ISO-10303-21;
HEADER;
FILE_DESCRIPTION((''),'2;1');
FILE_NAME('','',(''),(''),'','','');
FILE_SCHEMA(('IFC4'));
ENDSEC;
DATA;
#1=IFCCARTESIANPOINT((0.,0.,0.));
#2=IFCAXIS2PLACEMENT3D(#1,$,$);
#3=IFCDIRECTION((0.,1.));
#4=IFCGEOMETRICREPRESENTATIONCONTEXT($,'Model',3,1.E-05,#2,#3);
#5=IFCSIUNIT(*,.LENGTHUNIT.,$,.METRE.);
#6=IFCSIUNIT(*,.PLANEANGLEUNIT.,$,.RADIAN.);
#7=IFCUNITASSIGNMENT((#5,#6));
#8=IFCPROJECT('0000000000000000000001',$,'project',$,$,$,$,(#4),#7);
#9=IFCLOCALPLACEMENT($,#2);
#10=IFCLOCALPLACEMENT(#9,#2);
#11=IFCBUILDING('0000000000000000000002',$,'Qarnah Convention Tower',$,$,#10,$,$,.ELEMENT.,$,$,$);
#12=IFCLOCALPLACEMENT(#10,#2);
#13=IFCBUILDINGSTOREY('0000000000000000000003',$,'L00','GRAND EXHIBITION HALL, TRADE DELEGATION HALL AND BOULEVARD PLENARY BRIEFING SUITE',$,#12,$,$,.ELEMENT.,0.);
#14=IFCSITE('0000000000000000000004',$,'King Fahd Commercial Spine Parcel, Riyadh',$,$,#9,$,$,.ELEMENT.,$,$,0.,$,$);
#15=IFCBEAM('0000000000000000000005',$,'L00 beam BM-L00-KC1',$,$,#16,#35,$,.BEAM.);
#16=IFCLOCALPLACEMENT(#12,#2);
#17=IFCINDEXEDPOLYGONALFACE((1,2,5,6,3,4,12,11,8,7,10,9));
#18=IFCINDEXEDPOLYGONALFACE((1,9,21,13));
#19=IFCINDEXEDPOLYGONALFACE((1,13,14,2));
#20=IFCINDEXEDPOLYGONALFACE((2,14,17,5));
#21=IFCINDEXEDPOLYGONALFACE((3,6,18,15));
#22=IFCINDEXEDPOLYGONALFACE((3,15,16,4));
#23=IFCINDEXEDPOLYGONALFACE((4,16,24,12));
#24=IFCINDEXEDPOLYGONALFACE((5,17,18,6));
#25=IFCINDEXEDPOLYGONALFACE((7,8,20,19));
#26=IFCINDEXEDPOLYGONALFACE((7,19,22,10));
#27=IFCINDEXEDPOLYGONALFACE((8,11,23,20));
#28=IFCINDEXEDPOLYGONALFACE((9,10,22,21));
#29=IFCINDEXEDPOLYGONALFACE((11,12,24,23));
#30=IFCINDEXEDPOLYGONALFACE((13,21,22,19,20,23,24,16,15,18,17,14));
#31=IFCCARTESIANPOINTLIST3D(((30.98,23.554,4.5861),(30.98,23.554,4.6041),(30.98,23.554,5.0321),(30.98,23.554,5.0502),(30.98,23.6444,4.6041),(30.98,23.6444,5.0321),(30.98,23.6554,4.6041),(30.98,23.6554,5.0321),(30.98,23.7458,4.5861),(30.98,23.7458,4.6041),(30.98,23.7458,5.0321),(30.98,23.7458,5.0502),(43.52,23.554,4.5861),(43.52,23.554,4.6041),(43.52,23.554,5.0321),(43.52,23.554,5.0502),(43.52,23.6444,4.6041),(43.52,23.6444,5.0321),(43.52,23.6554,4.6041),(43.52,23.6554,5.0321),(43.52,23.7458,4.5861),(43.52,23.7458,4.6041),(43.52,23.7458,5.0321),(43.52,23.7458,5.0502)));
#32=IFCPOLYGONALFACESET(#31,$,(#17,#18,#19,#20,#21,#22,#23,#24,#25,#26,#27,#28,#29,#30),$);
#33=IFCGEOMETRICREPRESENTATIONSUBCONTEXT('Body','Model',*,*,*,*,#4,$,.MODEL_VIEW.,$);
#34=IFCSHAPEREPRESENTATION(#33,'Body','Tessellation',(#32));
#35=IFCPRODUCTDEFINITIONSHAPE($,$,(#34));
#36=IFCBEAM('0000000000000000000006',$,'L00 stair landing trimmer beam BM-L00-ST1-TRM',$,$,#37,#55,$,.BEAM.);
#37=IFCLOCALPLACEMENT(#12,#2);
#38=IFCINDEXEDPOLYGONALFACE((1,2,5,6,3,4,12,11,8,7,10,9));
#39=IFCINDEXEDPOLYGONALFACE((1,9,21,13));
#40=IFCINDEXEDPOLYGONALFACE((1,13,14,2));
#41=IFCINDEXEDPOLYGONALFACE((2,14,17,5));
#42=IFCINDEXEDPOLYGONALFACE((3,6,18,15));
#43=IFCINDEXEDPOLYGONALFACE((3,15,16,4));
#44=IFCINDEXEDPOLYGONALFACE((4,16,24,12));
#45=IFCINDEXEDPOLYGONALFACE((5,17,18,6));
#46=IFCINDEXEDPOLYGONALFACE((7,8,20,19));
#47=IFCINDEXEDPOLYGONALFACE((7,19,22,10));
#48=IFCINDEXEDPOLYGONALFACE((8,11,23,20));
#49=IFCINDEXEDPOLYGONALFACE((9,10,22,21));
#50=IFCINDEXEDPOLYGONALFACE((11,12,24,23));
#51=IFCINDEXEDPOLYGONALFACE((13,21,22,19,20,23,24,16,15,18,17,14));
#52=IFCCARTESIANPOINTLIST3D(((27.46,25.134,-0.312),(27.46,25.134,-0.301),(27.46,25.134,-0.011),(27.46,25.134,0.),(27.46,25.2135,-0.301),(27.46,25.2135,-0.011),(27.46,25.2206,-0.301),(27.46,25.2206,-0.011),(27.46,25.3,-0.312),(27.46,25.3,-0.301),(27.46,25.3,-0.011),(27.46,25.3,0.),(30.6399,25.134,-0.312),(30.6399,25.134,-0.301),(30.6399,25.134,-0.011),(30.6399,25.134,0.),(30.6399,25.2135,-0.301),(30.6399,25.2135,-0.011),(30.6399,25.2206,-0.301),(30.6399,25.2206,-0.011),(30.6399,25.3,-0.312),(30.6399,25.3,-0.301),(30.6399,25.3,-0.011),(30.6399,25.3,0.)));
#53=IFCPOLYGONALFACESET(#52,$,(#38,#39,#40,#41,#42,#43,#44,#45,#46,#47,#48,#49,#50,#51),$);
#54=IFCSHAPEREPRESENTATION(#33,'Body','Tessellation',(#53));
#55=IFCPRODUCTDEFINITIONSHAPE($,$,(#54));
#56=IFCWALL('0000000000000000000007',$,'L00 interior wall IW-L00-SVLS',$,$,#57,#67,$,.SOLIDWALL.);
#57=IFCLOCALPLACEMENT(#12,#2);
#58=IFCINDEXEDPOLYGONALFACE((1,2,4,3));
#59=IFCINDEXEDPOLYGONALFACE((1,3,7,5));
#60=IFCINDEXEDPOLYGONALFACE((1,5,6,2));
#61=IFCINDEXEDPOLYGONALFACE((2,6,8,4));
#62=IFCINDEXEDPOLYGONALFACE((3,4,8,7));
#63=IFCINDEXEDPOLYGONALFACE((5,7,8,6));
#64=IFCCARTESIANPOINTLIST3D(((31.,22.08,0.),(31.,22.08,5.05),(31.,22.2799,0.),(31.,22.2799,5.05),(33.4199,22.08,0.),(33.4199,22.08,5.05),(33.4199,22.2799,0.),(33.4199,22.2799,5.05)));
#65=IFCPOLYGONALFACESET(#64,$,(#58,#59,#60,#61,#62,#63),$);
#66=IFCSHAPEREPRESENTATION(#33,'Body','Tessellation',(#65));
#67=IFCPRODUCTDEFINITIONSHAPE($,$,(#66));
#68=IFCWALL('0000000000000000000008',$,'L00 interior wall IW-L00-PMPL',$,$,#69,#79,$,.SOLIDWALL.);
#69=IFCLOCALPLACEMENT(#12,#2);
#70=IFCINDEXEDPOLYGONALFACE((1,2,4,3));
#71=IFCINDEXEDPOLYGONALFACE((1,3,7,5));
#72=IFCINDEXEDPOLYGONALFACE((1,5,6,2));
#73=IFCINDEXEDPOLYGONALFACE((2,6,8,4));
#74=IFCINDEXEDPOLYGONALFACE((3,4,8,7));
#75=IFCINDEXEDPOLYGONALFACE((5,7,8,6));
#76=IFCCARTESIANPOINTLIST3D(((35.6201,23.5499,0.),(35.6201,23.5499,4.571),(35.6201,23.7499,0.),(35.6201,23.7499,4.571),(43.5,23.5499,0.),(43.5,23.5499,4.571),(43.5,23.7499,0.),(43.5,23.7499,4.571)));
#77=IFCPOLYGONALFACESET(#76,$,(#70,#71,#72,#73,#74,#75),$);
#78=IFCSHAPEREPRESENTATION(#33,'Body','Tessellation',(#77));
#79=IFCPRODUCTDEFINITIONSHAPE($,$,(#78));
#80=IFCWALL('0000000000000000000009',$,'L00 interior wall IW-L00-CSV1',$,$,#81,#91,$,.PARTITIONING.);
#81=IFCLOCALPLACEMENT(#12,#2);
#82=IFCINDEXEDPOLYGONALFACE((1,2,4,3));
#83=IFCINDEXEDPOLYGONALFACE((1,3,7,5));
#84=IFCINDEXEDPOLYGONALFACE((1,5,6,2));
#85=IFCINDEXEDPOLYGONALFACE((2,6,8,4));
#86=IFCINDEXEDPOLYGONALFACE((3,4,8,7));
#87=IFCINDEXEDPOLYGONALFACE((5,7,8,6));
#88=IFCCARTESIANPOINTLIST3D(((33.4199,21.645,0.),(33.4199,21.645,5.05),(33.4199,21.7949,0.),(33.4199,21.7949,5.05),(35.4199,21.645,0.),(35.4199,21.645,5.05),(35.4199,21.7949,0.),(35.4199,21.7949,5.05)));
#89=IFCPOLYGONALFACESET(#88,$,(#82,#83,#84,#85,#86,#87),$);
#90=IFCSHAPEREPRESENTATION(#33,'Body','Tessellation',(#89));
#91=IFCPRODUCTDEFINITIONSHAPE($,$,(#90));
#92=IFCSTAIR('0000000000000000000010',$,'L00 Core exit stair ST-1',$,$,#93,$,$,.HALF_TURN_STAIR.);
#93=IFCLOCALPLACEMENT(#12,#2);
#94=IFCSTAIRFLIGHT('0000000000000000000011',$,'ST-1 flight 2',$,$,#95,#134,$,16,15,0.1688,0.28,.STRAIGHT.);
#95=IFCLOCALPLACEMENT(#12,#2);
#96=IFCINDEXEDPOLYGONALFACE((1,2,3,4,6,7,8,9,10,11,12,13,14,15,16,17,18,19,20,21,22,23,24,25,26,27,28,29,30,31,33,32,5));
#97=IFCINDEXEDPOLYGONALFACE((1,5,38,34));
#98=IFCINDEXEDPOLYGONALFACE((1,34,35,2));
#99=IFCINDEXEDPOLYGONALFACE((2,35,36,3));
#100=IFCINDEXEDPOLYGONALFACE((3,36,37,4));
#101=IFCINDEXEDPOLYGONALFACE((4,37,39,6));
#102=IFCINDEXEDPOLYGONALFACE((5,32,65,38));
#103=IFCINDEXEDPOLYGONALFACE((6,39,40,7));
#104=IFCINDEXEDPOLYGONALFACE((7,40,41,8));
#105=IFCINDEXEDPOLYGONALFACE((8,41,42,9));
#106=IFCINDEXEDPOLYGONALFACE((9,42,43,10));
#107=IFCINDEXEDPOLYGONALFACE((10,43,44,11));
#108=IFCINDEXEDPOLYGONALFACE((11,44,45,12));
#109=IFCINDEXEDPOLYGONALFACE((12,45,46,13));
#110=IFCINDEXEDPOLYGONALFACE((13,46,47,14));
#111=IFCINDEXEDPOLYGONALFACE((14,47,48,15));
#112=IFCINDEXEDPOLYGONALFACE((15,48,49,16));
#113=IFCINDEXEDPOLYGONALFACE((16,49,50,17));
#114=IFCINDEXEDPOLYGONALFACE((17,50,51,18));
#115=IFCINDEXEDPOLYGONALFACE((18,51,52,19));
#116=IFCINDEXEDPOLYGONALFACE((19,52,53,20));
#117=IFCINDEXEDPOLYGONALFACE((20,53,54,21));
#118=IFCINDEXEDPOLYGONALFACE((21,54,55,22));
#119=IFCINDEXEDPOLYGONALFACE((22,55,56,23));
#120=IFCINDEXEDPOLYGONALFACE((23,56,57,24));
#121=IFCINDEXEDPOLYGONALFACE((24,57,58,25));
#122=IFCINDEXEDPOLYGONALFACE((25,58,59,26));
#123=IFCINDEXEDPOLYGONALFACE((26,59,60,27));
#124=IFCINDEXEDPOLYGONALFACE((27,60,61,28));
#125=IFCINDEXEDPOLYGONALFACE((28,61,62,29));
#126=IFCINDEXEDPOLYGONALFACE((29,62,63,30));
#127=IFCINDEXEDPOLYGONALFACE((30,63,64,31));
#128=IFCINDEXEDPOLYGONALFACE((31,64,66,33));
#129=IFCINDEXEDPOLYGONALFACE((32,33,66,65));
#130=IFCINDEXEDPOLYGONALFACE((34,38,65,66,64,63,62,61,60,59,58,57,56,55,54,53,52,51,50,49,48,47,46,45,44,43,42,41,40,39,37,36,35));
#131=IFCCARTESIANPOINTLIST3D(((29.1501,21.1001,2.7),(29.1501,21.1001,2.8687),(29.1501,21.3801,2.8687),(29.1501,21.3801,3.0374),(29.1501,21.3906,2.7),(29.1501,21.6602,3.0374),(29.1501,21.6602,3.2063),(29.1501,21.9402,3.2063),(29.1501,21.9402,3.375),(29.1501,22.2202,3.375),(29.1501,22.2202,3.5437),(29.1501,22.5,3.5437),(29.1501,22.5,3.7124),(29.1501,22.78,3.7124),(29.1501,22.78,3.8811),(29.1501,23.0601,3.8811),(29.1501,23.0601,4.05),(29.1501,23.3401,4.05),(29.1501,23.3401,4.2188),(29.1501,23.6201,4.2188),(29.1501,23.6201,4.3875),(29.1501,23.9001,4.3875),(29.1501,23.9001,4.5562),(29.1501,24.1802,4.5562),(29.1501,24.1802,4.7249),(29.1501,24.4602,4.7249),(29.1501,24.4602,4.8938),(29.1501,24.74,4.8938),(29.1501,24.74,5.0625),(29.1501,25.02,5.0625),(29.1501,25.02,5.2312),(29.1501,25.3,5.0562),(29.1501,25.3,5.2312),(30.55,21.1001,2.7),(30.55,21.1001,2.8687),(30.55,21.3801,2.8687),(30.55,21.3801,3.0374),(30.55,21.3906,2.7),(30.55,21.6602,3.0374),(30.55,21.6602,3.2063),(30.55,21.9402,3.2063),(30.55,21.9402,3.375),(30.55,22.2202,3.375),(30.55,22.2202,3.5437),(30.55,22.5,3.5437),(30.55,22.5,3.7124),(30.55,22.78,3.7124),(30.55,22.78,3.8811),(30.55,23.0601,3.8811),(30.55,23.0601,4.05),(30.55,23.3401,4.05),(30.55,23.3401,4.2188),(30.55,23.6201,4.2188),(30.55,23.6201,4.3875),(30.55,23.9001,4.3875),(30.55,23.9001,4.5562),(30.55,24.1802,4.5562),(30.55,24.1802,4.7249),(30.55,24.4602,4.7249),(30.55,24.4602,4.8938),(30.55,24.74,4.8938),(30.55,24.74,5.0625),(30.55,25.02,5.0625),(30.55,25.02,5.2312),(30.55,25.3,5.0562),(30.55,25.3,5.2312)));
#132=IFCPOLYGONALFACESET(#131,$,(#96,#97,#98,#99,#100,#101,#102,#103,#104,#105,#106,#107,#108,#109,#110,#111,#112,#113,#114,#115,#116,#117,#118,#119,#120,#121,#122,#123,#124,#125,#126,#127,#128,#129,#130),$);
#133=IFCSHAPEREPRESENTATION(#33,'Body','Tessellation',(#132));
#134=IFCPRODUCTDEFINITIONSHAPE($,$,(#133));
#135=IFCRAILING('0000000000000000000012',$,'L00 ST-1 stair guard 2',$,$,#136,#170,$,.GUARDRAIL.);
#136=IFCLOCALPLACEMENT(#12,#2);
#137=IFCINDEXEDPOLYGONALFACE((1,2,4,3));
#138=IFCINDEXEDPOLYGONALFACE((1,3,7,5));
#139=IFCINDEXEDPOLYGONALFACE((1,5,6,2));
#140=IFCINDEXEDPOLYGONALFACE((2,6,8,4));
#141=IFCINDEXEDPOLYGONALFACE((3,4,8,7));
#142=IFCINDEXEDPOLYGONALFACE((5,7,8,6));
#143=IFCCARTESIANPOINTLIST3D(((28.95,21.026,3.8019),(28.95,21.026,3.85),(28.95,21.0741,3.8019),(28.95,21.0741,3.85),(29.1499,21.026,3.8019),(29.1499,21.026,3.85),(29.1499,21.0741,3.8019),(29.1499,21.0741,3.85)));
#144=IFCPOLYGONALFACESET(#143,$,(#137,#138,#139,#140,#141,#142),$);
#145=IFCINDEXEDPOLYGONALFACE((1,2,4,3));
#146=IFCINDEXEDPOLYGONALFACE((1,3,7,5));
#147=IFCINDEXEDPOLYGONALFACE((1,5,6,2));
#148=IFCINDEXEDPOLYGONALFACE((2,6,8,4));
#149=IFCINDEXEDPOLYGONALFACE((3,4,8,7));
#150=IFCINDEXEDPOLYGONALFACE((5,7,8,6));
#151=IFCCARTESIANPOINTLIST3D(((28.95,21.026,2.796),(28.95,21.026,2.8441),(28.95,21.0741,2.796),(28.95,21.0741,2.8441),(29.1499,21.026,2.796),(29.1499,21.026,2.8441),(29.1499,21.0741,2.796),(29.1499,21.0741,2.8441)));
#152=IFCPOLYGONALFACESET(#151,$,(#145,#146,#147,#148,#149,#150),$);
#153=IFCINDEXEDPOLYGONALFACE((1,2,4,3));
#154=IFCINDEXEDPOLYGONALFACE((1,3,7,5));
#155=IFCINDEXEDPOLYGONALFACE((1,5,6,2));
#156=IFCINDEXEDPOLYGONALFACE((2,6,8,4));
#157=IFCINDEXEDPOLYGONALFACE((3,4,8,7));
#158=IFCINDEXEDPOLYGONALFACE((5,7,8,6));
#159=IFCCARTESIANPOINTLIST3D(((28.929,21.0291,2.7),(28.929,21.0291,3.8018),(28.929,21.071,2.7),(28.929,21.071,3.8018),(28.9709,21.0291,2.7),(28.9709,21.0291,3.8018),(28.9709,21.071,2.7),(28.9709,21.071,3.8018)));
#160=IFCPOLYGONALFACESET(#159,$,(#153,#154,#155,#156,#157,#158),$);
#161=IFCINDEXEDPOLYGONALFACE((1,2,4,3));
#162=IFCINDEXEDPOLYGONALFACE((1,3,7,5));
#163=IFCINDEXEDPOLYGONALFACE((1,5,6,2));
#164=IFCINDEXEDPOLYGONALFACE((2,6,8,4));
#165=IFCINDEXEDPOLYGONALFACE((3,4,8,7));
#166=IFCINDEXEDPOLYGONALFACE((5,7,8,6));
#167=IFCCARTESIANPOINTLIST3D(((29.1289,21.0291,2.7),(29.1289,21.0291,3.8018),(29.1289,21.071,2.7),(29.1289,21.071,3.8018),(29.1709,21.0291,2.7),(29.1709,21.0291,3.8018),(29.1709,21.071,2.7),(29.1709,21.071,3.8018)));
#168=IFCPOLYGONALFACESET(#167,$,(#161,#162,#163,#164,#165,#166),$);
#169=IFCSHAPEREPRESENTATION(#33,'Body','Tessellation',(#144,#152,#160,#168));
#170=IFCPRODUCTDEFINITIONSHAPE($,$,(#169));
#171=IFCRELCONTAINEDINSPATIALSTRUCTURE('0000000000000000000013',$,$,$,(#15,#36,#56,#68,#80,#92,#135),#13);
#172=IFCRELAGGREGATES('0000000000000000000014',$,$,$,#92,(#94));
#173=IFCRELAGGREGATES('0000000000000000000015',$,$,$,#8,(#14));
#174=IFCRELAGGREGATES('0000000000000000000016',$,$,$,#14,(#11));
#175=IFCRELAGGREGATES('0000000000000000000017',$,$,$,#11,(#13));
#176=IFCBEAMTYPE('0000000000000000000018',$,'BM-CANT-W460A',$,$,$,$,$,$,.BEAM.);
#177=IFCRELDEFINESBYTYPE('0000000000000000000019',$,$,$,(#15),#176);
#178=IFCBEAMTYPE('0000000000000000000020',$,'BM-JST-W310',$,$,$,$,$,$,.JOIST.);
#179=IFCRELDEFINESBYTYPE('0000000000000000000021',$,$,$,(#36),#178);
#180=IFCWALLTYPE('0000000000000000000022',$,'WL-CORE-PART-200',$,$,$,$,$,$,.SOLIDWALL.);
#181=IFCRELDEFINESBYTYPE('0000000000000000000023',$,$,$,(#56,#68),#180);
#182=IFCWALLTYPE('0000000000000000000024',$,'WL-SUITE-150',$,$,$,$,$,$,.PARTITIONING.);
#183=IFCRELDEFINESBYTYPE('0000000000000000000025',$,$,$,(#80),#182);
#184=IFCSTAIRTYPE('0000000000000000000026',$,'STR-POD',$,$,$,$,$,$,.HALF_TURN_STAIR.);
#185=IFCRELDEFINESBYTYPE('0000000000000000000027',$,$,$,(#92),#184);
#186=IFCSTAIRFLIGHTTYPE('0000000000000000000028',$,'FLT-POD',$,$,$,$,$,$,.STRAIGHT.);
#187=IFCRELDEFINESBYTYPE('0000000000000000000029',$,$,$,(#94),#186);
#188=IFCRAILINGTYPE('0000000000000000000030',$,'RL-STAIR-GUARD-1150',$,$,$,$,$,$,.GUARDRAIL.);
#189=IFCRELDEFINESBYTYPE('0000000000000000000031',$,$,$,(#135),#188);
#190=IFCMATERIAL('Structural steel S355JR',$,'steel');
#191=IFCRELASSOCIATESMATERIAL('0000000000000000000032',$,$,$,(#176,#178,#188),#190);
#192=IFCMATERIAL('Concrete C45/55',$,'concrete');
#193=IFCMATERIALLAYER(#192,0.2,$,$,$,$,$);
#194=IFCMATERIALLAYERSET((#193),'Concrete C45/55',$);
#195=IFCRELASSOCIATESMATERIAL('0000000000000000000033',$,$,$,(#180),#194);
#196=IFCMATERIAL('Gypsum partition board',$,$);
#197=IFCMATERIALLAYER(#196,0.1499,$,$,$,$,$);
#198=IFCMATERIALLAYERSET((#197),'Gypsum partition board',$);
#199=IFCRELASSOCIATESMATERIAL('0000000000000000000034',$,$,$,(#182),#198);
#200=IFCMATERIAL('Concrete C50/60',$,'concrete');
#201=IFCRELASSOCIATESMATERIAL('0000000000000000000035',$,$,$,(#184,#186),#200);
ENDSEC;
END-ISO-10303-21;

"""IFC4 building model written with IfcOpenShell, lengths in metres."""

from ifc_helpers import new_model, si_unit, direction, frame, frame_2d, origin, origin_2d, place, context, subcontext, project, spatial, polyline, rectangle, i_section, outline, extrude, material, layer, layer_set, material_profile, profile_set, type_object, element, aggregate, save


model = new_model("IFC4")

# Units and contexts
model_context = context("Model", 3, precision=1e-05, world=origin(), true_north=direction((0.0, 1.0)))
body_context = subcontext(model_context, "Body", "Model", "MODEL_VIEW")
ifc_project = project(units=[si_unit("LENGTHUNIT", "METRE"), si_unit("PLANEANGLEUNIT", "RADIAN")], contexts=[model_context])

# Site, building, storey
site_placement = place(None, origin())
site = spatial("IfcSite", under=ifc_project, at=site_placement, Name="King Fahd Commercial Spine Parcel, Riyadh", CompositionType="ELEMENT", RefElevation=0.0)
building_placement = place(site_placement, origin())
building = spatial("IfcBuilding", under=site, at=building_placement, Name="Qarnah Convention Tower", CompositionType="ELEMENT")
storey_placement = place(building_placement, origin())
storey = spatial("IfcBuildingStorey", under=building, at=storey_placement, Name="L00", Description="GRAND EXHIBITION HALL, TRADE DELEGATION HALL AND BOULEVARD PLENARY BRIEFING SUITE", CompositionType="ELEMENT", Elevation=0.0)

# Beams
ifc_material_1 = material(Name="Structural steel S355JR", Category="steel")
ifc_material_profile_1 = material_profile(ifc_material_1, i_section(OverallWidth=0.1919, OverallDepth=0.4641, WebThickness=0.011, FlangeThickness=0.0181, at=origin_2d()), Name="W460X89")
ifc_profile_set_1 = profile_set([ifc_material_profile_1], Name="Structural steel S355JR")
beam_type_1 = type_object("IfcBeamType", Name="BM-CANT-W460A", PredefinedType="BEAM", material=ifc_profile_set_1)
beam_1_placement = place(storey_placement, frame((30.98, 23.6499, 4.8181), z_axis=(1.0, 0.0, 0.0), x_axis=(0.0, 1.0, 0.0)))
element("IfcBeam", 1, at=beam_1_placement, inside=storey, type_object=beam_type_1, Name="L00 beam BM-L00-KC1", PredefinedType="BEAM", context=body_context, shape_type="SweptSolid", body=[
    extrude(i_section(OverallWidth=0.1919, OverallDepth=0.4641, WebThickness=0.011, FlangeThickness=0.0181, at=origin_2d()), origin(), (0.0, 0.0, 1.0), 12.54),
])
ifc_material_profile_2 = material_profile(ifc_material_1, i_section(OverallWidth=0.166, OverallDepth=0.312, WebThickness=0.0071, FlangeThickness=0.011, at=origin_2d()), Name="W310X45")
ifc_profile_set_2 = profile_set([ifc_material_profile_2], Name="Structural steel S355JR")
beam_type_2 = type_object("IfcBeamType", Name="BM-JST-W310", PredefinedType="JOIST", material=ifc_profile_set_2)
beam_2_placement = place(storey_placement, frame((27.46, 25.217, -0.156), z_axis=(1.0, 0.0, 0.0), x_axis=(0.0, 1.0, 0.0)))
element("IfcBeam", 2, at=beam_2_placement, inside=storey, type_object=beam_type_2, Name="L00 stair landing trimmer beam BM-L00-ST1-TRM", PredefinedType="BEAM", context=body_context, shape_type="SweptSolid", body=[
    extrude(i_section(OverallWidth=0.166, OverallDepth=0.312, WebThickness=0.0071, FlangeThickness=0.011, at=origin_2d()), origin(), (0.0, 0.0, 1.0), 3.1799),
])

# Shared definitions
ifc_material_2 = material(Name="Concrete C45/55", Category="concrete")
ifc_layer_1 = layer(ifc_material_2, 0.2)
ifc_layer_set_1 = layer_set([ifc_layer_1], Name="Concrete C45/55")
wall_type_1 = type_object("IfcWallType", Name="WL-CORE-PART-200", PredefinedType="SOLIDWALL", material=ifc_layer_set_1)

# Walls
wall_1_placement = place(storey_placement, frame((31.0, 22.1799, 0.0), z_axis=(0.0, 0.0, 1.0), x_axis=(1.0, 0.0, 0.0)))
element("IfcWall", 3, at=wall_1_placement, inside=storey, type_object=wall_type_1, Name="L00 interior wall IW-L00-SVLS", PredefinedType="SOLIDWALL", context=body_context, shape_type="SweptSolid", body=[
    extrude(rectangle(XDim=2.4199, YDim=0.2, at=frame_2d((1.21, 0.0))), origin(), (0.0, 0.0, 1.0), 5.05),
])
wall_2_placement = place(storey_placement, frame((35.6201, 23.6499, 0.0), z_axis=(0.0, 0.0, 1.0), x_axis=(1.0, 0.0, 0.0)))
element("IfcWall", 4, at=wall_2_placement, inside=storey, type_object=wall_type_1, Name="L00 interior wall IW-L00-PMPL", PredefinedType="SOLIDWALL", context=body_context, shape_type="SweptSolid", body=[
    extrude(rectangle(XDim=7.8799, YDim=0.2, at=frame_2d((3.9399, 0.0))), origin(), (0.0, 0.0, 1.0), 4.571),
])

# Wall
ifc_material_3 = material(Name="Gypsum partition board")
ifc_layer_2 = layer(ifc_material_3, 0.1499)
ifc_layer_set_2 = layer_set([ifc_layer_2], Name="Gypsum partition board")
wall_type_2 = type_object("IfcWallType", Name="WL-SUITE-150", PredefinedType="PARTITIONING", material=ifc_layer_set_2)
wall_3_placement = place(storey_placement, frame((33.4199, 21.72, 0.0), z_axis=(0.0, 0.0, 1.0), x_axis=(1.0, 0.0, 0.0)))
element("IfcWall", 5, at=wall_3_placement, inside=storey, type_object=wall_type_2, Name="L00 interior wall IW-L00-CSV1", PredefinedType="PARTITIONING", context=body_context, shape_type="SweptSolid", body=[
    extrude(rectangle(XDim=2.0, YDim=0.1499, at=frame_2d((1.0, 0.0))), origin(), (0.0, 0.0, 1.0), 5.05),
])

# Stair, stair flight
ifc_material_4 = material(Name="Concrete C50/60", Category="concrete")
stair_type = type_object("IfcStairType", Name="STR-POD", PredefinedType="HALF_TURN_STAIR", material=ifc_material_4)
stair_placement = place(storey_placement, origin())
stair = element("IfcStair", 6, at=stair_placement, inside=storey, type_object=stair_type, Name="L00 Core exit stair ST-1", PredefinedType="HALF_TURN_STAIR")
stair_flight_type = type_object("IfcStairFlightType", Name="FLT-POD", PredefinedType="STRAIGHT", material=ifc_material_4)
stair_flight_placement = place(storey_placement, frame((29.8501, 21.1001, 2.7), z_axis=(0.0, 0.0, 1.0), x_axis=(0.0, 1.0, 0.0)))
stair_flight = element("IfcStairFlight", 7, at=stair_flight_placement, type_object=stair_flight_type, Name="ST-1 flight 2", NumberOfRisers=16, NumberOfTreads=15, PredefinedType="STRAIGHT", RiserHeight=0.1688, TreadLength=0.28, context=body_context, shape_type="SweptSolid", body=[
    extrude(outline(polyline([(0.0, 0.0), (0.0, 0.1687), (0.28, 0.1687), (0.28, 0.3374), (0.5601, 0.3374), (0.5601, 0.5063), (0.8401, 0.5063), (0.8401, 0.675), (1.1201, 0.675), (1.1201, 0.8438), (1.3999, 0.8438), (1.3999, 1.0125), (1.6799, 1.0125), (1.6799, 1.1812), (1.96, 1.1812), (1.96, 1.3501), (2.24, 1.3501), (2.24, 1.5188), (2.52, 1.5188), (2.52, 1.6875), (2.8, 1.6875), (2.8, 1.8562), (3.0801, 1.8562), (3.0801, 2.0249), (3.3601, 2.0249), (3.3601, 2.1938), (3.6399, 2.1938), (3.6399, 2.3625), (3.9199, 2.3625), (3.9199, 2.5312), (4.2, 2.5312), (4.2, 2.7), (4.2, 2.3562), (0.2905, 0.0), (0.0, 0.0)])), frame((0.0, 0.7, 0.0), z_axis=(0.0, -1.0, 0.0), x_axis=(1.0, 0.0, 0.0)), (0.0, 0.0, 1.0), 1.3999),
])
aggregate(stair, [stair_flight])

# Railing
railing_type_1 = type_object("IfcRailingType", Name="RL-STAIR-GUARD-1150", PredefinedType="GUARDRAIL", material=ifc_material_1)
railing_1_placement = place(storey_placement, frame((28.95, 21.05, 2.7)))
element("IfcRailing", 8, at=railing_1_placement, inside=storey, type_object=railing_type_1, Name="L00 ST-1 stair guard 2", PredefinedType="GUARDRAIL", context=body_context, shape_type="SweptSolid", body=[
    extrude(rectangle(XDim=0.0481, YDim=0.0481, at=origin_2d()), frame((0.0, 0.0, 1.126), z_axis=(1.0, 0.0, 0.0), x_axis=(0.0, 1.0, 0.0)), (0.0, 0.0, 1.0), 0.2),
    extrude(rectangle(XDim=0.0481, YDim=0.0481, at=origin_2d()), frame((0.0, 0.0, 0.1201), z_axis=(1.0, 0.0, 0.0), x_axis=(0.0, 1.0, 0.0)), (0.0, 0.0, 1.0), 0.2),
    extrude(rectangle(XDim=0.042, YDim=0.042, at=origin_2d()), origin(), (0.0, 0.0, 1.0), 1.1018),
    extrude(rectangle(XDim=0.042, YDim=0.042, at=origin_2d()), frame((0.2, 0.0, 0.0)), (0.0, 0.0, 1.0), 1.1018),
])

save(model, "model.ifc")
